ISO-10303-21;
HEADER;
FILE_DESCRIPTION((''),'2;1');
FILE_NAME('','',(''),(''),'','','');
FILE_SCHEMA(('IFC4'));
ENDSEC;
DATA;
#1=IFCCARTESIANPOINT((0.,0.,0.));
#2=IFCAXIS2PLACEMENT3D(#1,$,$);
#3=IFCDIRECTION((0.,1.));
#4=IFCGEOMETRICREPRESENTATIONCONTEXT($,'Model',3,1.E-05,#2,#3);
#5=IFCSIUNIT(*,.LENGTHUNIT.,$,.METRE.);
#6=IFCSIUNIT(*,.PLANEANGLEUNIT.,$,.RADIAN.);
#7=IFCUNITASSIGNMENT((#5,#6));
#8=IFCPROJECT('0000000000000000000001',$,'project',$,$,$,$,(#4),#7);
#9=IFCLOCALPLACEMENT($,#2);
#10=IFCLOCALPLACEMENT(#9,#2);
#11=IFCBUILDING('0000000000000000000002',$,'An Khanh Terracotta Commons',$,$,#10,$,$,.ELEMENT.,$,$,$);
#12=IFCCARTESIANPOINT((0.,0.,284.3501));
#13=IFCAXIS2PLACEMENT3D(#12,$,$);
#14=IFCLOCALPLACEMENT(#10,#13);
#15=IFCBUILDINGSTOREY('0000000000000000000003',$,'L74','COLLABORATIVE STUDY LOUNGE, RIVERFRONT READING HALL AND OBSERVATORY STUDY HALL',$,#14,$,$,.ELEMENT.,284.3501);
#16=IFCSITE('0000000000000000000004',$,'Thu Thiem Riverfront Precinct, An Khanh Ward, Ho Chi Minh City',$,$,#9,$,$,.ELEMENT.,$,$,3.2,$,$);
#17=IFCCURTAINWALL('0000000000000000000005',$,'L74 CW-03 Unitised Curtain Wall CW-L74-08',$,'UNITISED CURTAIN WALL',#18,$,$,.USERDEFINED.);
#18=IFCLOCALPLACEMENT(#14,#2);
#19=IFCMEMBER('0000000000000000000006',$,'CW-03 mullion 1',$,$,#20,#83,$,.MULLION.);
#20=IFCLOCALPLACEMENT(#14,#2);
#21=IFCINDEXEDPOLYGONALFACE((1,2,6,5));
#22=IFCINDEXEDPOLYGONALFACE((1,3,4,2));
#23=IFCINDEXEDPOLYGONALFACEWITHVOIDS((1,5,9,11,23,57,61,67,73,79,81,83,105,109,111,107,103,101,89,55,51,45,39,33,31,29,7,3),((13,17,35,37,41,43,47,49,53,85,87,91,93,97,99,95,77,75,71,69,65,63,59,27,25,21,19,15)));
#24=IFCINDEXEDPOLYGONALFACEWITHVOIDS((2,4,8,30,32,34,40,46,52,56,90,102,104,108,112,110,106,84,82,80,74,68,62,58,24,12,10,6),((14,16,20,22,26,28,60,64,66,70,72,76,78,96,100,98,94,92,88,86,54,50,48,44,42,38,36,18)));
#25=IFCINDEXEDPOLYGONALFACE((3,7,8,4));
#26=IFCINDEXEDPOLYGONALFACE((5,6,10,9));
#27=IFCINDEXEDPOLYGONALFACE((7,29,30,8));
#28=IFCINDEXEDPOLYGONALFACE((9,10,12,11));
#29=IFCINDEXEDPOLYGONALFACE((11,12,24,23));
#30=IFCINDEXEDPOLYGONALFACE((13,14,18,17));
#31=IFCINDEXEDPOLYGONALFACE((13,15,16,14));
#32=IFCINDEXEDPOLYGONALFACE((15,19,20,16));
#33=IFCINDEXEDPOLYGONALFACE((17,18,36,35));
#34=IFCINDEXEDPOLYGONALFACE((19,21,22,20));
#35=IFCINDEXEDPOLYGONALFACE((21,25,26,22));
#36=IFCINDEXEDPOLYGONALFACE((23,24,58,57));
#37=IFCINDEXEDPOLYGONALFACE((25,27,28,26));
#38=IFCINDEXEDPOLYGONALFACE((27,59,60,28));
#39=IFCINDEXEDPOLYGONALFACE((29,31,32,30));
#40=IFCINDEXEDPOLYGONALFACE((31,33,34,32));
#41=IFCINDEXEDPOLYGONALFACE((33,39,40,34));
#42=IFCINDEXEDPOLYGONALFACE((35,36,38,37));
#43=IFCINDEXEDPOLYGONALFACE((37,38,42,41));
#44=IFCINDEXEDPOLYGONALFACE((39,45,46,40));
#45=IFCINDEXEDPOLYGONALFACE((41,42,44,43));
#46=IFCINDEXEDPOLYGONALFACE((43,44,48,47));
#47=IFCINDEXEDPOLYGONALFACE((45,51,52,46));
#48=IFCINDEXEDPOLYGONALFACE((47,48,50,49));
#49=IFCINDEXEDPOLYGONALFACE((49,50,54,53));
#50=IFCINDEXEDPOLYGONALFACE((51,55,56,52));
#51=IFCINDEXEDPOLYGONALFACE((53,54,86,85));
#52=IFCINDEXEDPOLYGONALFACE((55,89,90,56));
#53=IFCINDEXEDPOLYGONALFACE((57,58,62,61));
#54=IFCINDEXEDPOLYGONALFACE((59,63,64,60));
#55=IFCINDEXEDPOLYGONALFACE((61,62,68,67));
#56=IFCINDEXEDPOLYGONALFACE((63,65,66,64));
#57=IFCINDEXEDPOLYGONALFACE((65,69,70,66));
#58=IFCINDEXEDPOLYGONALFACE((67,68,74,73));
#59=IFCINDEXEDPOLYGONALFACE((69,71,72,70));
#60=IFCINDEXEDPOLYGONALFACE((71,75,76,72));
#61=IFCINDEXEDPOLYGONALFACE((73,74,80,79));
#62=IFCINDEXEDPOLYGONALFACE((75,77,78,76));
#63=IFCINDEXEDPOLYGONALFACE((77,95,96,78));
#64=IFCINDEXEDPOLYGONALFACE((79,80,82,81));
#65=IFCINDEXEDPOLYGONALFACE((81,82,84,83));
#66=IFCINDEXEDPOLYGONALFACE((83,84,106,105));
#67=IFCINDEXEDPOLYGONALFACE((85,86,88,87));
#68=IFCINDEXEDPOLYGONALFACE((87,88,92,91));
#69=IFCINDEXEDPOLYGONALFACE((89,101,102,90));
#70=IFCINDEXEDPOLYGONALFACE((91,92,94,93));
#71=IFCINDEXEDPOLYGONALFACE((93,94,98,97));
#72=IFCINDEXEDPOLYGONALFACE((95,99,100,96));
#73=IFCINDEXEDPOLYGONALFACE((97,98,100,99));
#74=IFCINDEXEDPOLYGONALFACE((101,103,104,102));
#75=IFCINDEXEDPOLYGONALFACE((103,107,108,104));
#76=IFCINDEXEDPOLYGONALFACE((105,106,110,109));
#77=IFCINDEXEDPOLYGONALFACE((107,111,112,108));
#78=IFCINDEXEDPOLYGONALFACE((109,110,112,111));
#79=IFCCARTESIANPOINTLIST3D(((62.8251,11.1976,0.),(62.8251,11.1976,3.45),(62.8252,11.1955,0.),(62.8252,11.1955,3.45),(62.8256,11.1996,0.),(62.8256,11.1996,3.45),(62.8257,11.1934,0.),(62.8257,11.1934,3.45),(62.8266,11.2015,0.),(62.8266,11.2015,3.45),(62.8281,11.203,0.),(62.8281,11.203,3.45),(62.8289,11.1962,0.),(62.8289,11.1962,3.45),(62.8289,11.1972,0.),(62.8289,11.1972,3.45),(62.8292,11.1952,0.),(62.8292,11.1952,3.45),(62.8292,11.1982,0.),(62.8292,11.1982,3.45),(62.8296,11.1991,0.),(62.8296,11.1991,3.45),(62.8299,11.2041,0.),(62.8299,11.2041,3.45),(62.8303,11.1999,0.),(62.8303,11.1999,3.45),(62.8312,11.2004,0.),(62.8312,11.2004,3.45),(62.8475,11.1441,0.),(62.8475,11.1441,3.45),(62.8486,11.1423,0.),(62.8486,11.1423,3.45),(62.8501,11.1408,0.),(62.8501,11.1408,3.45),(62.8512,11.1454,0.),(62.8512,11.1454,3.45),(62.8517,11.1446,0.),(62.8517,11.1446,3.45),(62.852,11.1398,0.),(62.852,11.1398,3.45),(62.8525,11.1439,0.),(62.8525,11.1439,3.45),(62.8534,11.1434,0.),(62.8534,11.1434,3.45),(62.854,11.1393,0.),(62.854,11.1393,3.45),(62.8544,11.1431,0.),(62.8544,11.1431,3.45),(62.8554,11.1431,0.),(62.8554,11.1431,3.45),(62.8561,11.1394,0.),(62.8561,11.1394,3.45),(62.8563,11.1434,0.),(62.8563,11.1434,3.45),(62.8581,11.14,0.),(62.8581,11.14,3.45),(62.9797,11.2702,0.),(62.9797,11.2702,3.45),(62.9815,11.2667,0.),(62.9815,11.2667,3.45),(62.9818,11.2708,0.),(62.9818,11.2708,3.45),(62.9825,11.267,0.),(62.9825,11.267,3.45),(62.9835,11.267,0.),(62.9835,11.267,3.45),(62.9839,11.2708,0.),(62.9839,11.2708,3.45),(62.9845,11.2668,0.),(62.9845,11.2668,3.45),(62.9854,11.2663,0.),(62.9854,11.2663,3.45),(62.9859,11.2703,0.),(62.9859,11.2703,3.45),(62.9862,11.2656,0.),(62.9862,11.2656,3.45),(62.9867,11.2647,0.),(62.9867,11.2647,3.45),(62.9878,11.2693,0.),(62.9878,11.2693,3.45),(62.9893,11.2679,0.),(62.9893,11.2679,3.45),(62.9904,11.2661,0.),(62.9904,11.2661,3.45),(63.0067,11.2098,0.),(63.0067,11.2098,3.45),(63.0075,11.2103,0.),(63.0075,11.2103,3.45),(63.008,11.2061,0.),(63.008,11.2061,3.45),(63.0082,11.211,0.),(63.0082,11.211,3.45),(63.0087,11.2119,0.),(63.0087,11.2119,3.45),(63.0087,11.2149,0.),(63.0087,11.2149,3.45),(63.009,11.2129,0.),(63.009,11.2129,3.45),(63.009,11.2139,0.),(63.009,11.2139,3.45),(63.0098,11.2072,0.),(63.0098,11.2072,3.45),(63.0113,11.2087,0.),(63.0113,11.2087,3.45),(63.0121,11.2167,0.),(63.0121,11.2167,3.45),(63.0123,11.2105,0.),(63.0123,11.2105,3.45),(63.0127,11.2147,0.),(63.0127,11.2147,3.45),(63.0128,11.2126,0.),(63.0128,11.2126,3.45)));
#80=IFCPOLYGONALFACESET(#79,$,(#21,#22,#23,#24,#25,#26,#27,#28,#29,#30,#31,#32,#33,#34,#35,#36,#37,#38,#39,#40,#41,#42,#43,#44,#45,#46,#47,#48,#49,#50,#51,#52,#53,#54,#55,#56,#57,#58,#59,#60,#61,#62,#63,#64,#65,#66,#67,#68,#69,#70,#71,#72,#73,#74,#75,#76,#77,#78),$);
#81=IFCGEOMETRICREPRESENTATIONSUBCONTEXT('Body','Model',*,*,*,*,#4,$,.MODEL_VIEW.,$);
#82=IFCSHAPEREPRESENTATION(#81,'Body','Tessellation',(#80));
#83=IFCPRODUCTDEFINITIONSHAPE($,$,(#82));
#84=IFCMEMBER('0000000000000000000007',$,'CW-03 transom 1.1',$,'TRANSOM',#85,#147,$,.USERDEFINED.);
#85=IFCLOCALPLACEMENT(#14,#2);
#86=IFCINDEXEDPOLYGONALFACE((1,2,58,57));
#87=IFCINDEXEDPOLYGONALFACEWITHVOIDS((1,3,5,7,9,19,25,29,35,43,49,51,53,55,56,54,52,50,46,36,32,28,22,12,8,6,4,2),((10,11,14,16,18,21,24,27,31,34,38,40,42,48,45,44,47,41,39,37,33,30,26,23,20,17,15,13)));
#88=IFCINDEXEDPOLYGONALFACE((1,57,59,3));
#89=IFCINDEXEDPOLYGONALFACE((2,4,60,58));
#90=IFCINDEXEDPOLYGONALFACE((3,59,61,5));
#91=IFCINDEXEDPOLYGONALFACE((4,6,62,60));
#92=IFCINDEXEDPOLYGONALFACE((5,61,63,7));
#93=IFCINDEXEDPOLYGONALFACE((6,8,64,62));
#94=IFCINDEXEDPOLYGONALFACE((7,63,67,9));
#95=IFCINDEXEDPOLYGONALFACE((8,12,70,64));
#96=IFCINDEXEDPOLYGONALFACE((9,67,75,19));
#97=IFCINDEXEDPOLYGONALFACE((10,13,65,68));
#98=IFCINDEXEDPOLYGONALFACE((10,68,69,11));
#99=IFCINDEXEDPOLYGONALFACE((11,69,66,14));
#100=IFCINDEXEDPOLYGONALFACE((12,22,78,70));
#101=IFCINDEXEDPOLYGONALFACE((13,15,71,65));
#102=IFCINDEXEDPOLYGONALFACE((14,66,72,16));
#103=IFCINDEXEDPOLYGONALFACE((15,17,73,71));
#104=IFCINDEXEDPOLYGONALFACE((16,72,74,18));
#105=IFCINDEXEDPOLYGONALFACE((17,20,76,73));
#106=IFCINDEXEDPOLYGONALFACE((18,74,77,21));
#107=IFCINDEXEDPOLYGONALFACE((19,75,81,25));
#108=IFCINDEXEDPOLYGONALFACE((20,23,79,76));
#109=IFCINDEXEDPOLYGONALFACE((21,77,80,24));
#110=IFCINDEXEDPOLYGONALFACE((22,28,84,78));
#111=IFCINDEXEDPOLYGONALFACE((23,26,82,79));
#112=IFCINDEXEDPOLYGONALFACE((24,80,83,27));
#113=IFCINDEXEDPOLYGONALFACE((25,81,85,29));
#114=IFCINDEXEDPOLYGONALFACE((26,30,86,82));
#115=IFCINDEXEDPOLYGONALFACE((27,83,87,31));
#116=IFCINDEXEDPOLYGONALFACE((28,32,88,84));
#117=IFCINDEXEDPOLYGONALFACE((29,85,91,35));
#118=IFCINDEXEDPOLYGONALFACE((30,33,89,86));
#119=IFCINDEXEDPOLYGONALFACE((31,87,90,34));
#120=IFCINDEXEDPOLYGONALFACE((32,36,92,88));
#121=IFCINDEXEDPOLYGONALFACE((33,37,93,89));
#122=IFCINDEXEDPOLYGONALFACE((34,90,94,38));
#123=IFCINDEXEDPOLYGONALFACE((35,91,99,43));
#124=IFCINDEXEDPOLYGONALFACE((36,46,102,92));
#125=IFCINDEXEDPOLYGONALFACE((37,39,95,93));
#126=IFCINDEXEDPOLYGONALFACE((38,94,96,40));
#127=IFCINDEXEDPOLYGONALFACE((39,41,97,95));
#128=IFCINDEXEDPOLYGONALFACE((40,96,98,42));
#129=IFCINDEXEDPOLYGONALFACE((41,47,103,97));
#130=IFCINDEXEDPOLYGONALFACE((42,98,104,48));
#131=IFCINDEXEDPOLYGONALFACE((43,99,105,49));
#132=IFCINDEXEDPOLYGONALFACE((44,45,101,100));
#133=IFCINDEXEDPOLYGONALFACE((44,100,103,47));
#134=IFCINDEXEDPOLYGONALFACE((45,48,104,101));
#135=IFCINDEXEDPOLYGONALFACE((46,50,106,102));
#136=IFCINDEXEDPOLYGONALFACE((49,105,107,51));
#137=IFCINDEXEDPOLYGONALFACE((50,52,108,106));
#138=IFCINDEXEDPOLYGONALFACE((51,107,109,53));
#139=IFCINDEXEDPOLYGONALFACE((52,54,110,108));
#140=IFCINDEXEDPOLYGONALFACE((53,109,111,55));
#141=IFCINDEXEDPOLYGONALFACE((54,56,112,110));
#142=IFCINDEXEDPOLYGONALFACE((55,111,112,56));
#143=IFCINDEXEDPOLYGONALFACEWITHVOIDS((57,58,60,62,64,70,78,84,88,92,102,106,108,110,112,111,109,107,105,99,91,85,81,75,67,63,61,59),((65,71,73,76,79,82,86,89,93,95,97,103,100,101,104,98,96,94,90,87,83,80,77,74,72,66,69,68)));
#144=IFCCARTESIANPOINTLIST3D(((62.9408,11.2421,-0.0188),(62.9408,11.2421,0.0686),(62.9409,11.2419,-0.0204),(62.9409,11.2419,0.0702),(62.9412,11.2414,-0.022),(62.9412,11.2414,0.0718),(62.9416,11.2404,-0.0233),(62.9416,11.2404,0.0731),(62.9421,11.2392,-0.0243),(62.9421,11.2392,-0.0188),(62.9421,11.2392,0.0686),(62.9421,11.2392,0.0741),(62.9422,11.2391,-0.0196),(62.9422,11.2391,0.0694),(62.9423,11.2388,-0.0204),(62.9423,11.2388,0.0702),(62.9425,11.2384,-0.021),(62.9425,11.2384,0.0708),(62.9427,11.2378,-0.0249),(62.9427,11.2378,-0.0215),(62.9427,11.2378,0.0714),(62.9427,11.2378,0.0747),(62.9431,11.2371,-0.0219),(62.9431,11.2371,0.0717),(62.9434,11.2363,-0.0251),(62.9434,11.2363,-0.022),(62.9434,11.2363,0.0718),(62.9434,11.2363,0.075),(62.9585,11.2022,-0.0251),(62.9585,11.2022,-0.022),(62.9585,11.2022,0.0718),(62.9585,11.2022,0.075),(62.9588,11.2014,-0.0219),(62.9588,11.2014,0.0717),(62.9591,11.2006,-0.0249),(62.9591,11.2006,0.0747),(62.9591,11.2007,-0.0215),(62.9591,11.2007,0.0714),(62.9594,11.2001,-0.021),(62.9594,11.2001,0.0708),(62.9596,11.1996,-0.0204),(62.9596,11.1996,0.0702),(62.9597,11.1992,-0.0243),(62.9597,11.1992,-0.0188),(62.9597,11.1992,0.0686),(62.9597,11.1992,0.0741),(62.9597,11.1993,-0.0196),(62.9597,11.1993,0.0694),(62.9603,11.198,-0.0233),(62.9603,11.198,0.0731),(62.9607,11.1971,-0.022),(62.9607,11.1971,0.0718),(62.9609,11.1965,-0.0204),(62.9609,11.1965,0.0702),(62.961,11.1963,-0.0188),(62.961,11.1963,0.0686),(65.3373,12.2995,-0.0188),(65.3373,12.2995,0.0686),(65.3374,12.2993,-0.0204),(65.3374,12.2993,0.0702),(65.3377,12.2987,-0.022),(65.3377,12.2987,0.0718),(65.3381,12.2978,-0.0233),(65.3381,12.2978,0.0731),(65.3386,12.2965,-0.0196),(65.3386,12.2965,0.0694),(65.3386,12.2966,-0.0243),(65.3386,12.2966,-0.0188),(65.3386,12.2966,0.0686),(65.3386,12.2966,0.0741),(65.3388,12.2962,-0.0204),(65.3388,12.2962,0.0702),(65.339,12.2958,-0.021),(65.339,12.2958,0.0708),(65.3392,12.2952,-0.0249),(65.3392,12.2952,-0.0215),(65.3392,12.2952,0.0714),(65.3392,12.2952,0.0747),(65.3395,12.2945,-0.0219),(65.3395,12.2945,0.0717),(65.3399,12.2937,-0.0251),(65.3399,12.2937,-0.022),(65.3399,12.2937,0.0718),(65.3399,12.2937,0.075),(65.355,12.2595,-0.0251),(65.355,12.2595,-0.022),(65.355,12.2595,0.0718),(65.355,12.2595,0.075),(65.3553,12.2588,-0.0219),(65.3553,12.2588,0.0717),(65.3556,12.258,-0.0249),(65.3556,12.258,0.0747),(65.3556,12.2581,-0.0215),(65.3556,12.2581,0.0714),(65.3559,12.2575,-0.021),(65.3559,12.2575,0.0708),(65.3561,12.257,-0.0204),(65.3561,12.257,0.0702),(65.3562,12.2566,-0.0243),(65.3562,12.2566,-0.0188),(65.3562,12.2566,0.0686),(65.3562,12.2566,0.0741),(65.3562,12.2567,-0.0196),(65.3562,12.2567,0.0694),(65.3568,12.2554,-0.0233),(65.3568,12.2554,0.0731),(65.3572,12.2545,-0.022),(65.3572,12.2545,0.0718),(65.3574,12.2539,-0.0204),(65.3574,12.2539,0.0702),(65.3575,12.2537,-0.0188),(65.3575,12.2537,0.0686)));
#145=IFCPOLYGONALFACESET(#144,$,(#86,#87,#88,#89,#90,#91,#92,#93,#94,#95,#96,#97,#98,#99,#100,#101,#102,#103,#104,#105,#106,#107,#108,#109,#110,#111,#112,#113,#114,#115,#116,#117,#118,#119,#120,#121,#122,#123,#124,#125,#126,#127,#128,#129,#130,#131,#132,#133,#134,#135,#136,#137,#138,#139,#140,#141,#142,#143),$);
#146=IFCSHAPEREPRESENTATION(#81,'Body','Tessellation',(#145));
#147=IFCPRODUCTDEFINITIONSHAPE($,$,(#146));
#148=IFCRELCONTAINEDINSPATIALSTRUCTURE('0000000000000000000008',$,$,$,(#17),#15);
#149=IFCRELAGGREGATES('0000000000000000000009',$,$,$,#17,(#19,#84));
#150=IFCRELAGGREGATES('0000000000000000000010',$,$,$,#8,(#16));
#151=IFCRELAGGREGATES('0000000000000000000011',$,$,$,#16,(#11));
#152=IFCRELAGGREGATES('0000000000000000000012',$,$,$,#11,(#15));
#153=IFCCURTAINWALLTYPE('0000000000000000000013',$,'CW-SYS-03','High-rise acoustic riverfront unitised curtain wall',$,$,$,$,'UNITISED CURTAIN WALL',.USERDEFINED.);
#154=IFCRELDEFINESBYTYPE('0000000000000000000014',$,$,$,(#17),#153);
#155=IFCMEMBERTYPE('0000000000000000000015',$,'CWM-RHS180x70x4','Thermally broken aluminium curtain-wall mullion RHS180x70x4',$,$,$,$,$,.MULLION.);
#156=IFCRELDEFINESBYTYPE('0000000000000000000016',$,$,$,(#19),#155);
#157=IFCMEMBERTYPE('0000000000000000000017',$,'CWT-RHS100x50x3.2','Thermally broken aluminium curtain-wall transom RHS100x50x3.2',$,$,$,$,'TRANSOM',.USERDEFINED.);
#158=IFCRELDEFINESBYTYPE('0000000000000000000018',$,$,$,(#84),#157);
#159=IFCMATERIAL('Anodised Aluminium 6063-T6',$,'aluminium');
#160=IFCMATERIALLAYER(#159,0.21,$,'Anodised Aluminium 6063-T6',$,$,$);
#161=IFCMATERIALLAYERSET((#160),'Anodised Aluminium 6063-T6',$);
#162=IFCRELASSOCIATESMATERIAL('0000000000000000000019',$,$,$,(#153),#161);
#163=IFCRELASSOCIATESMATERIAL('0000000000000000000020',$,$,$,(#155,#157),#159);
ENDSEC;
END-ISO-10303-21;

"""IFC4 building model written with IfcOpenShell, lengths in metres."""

from ifc_helpers import new_model, si_unit, direction, frame, origin, origin_2d, place, context, subcontext, project, spatial, hollow_rectangle, extrude, material, layer, layer_set, material_profile, profile_set, type_object, element, aggregate, save


model = new_model("IFC4")

# Units and contexts
model_context = context("Model", 3, precision=1e-05, world=origin(), true_north=direction((0.0, 1.0)))
body_context = subcontext(model_context, "Body", "Model", "MODEL_VIEW")
ifc_project = project(units=[si_unit("LENGTHUNIT", "METRE"), si_unit("PLANEANGLEUNIT", "RADIAN")], contexts=[model_context])

# Site, building, storey
site_placement = place(None, origin())
site = spatial("IfcSite", under=ifc_project, at=site_placement, Name="Thu Thiem Riverfront Precinct, An Khanh Ward, Ho Chi Minh City", CompositionType="ELEMENT", RefElevation=3.2)
building_placement = place(site_placement, origin())
building = spatial("IfcBuilding", under=site, at=building_placement, Name="An Khanh Terracotta Commons", CompositionType="ELEMENT")
storey_placement = place(building_placement, frame((0.0, 0.0, 284.3501)))
storey = spatial("IfcBuildingStorey", under=building, at=storey_placement, Name="L74", Description="COLLABORATIVE STUDY LOUNGE, RIVERFRONT READING HALL AND OBSERVATORY STUDY HALL", CompositionType="ELEMENT", Elevation=284.3501)

# Curtain wall, members
ifc_material_1 = material(Name="Anodised Aluminium 6063-T6", Category="aluminium")
ifc_layer_1 = layer(ifc_material_1, 0.21, Name="Anodised Aluminium 6063-T6")
ifc_layer_set_1 = layer_set([ifc_layer_1], Name="Anodised Aluminium 6063-T6")
curtain_wall_type = type_object("IfcCurtainWallType", Name="CW-SYS-03", Description="High-rise acoustic riverfront unitised curtain wall", ElementType="UNITISED CURTAIN WALL", PredefinedType="USERDEFINED", material=ifc_layer_set_1)
curtain_wall_placement = place(storey_placement, origin())
curtain_wall = element("IfcCurtainWall", 1, at=curtain_wall_placement, inside=storey, type_object=curtain_wall_type, Name="L74 CW-03 Unitised Curtain Wall CW-L74-08", ObjectType="UNITISED CURTAIN WALL", PredefinedType="USERDEFINED")
ifc_material_profile_1 = material_profile(ifc_material_1, hollow_rectangle(XDim=0.0701, YDim=0.1799, WallThickness=0.0039, InnerFilletRadius=0.0039, OuterFilletRadius=0.0081, at=origin_2d()), Name="RHS180x70x4")
ifc_profile_set_1 = profile_set([ifc_material_profile_1], Name="Anodised Aluminium 6063-T6")
member_type_1 = type_object("IfcMemberType", Name="CWM-RHS180x70x4", Description="Thermally broken aluminium curtain-wall mullion RHS180x70x4", PredefinedType="MULLION", material=ifc_profile_set_1)
member_1_placement = place(storey_placement, frame((62.9189, 11.2051, 0.0), z_axis=(0.0, 0.0, 1.0), x_axis=(-0.403676, 0.914902, 0.0)))
member_1 = element("IfcMember", 2, at=member_1_placement, type_object=member_type_1, Name="CW-03 mullion 1", PredefinedType="MULLION", context=body_context, shape_type="SweptSolid", body=[
    extrude(hollow_rectangle(XDim=0.0701, YDim=0.1799, WallThickness=0.0039, InnerFilletRadius=0.0039, OuterFilletRadius=0.0081, at=origin_2d()), origin(), (0.0, 0.0, 1.0), 3.45),
])
ifc_material_profile_2 = material_profile(ifc_material_1, hollow_rectangle(XDim=0.05, YDim=0.1001, WallThickness=0.0032, InnerFilletRadius=0.0032, OuterFilletRadius=0.0063, at=origin_2d()), Name="RHS100x50x3.2")
ifc_profile_set_2 = profile_set([ifc_material_profile_2], Name="Anodised Aluminium 6063-T6")
member_type_2 = type_object("IfcMemberType", Name="CWT-RHS100x50x3.2", Description="Thermally broken aluminium curtain-wall transom RHS100x50x3.2", ElementType="TRANSOM", PredefinedType="USERDEFINED", material=ifc_profile_set_2)
member_2_placement = place(storey_placement, frame((62.9509, 11.2192, 0.0249), z_axis=(0.914904, 0.403672, 0.0), x_axis=(-0.403672, 0.914904, 0.0)))
member_2 = element("IfcMember", 3, at=member_2_placement, type_object=member_type_2, Name="CW-03 transom 1.1", ObjectType="TRANSOM", PredefinedType="USERDEFINED", context=body_context, shape_type="SweptSolid", body=[
    extrude(hollow_rectangle(XDim=0.05, YDim=0.1001, WallThickness=0.0032, InnerFilletRadius=0.0032, OuterFilletRadius=0.0063, at=origin_2d()), origin(), (0.0, 0.0, 1.0), 2.6194),
])
aggregate(curtain_wall, [member_1, member_2])

save(model, "model.ifc")
